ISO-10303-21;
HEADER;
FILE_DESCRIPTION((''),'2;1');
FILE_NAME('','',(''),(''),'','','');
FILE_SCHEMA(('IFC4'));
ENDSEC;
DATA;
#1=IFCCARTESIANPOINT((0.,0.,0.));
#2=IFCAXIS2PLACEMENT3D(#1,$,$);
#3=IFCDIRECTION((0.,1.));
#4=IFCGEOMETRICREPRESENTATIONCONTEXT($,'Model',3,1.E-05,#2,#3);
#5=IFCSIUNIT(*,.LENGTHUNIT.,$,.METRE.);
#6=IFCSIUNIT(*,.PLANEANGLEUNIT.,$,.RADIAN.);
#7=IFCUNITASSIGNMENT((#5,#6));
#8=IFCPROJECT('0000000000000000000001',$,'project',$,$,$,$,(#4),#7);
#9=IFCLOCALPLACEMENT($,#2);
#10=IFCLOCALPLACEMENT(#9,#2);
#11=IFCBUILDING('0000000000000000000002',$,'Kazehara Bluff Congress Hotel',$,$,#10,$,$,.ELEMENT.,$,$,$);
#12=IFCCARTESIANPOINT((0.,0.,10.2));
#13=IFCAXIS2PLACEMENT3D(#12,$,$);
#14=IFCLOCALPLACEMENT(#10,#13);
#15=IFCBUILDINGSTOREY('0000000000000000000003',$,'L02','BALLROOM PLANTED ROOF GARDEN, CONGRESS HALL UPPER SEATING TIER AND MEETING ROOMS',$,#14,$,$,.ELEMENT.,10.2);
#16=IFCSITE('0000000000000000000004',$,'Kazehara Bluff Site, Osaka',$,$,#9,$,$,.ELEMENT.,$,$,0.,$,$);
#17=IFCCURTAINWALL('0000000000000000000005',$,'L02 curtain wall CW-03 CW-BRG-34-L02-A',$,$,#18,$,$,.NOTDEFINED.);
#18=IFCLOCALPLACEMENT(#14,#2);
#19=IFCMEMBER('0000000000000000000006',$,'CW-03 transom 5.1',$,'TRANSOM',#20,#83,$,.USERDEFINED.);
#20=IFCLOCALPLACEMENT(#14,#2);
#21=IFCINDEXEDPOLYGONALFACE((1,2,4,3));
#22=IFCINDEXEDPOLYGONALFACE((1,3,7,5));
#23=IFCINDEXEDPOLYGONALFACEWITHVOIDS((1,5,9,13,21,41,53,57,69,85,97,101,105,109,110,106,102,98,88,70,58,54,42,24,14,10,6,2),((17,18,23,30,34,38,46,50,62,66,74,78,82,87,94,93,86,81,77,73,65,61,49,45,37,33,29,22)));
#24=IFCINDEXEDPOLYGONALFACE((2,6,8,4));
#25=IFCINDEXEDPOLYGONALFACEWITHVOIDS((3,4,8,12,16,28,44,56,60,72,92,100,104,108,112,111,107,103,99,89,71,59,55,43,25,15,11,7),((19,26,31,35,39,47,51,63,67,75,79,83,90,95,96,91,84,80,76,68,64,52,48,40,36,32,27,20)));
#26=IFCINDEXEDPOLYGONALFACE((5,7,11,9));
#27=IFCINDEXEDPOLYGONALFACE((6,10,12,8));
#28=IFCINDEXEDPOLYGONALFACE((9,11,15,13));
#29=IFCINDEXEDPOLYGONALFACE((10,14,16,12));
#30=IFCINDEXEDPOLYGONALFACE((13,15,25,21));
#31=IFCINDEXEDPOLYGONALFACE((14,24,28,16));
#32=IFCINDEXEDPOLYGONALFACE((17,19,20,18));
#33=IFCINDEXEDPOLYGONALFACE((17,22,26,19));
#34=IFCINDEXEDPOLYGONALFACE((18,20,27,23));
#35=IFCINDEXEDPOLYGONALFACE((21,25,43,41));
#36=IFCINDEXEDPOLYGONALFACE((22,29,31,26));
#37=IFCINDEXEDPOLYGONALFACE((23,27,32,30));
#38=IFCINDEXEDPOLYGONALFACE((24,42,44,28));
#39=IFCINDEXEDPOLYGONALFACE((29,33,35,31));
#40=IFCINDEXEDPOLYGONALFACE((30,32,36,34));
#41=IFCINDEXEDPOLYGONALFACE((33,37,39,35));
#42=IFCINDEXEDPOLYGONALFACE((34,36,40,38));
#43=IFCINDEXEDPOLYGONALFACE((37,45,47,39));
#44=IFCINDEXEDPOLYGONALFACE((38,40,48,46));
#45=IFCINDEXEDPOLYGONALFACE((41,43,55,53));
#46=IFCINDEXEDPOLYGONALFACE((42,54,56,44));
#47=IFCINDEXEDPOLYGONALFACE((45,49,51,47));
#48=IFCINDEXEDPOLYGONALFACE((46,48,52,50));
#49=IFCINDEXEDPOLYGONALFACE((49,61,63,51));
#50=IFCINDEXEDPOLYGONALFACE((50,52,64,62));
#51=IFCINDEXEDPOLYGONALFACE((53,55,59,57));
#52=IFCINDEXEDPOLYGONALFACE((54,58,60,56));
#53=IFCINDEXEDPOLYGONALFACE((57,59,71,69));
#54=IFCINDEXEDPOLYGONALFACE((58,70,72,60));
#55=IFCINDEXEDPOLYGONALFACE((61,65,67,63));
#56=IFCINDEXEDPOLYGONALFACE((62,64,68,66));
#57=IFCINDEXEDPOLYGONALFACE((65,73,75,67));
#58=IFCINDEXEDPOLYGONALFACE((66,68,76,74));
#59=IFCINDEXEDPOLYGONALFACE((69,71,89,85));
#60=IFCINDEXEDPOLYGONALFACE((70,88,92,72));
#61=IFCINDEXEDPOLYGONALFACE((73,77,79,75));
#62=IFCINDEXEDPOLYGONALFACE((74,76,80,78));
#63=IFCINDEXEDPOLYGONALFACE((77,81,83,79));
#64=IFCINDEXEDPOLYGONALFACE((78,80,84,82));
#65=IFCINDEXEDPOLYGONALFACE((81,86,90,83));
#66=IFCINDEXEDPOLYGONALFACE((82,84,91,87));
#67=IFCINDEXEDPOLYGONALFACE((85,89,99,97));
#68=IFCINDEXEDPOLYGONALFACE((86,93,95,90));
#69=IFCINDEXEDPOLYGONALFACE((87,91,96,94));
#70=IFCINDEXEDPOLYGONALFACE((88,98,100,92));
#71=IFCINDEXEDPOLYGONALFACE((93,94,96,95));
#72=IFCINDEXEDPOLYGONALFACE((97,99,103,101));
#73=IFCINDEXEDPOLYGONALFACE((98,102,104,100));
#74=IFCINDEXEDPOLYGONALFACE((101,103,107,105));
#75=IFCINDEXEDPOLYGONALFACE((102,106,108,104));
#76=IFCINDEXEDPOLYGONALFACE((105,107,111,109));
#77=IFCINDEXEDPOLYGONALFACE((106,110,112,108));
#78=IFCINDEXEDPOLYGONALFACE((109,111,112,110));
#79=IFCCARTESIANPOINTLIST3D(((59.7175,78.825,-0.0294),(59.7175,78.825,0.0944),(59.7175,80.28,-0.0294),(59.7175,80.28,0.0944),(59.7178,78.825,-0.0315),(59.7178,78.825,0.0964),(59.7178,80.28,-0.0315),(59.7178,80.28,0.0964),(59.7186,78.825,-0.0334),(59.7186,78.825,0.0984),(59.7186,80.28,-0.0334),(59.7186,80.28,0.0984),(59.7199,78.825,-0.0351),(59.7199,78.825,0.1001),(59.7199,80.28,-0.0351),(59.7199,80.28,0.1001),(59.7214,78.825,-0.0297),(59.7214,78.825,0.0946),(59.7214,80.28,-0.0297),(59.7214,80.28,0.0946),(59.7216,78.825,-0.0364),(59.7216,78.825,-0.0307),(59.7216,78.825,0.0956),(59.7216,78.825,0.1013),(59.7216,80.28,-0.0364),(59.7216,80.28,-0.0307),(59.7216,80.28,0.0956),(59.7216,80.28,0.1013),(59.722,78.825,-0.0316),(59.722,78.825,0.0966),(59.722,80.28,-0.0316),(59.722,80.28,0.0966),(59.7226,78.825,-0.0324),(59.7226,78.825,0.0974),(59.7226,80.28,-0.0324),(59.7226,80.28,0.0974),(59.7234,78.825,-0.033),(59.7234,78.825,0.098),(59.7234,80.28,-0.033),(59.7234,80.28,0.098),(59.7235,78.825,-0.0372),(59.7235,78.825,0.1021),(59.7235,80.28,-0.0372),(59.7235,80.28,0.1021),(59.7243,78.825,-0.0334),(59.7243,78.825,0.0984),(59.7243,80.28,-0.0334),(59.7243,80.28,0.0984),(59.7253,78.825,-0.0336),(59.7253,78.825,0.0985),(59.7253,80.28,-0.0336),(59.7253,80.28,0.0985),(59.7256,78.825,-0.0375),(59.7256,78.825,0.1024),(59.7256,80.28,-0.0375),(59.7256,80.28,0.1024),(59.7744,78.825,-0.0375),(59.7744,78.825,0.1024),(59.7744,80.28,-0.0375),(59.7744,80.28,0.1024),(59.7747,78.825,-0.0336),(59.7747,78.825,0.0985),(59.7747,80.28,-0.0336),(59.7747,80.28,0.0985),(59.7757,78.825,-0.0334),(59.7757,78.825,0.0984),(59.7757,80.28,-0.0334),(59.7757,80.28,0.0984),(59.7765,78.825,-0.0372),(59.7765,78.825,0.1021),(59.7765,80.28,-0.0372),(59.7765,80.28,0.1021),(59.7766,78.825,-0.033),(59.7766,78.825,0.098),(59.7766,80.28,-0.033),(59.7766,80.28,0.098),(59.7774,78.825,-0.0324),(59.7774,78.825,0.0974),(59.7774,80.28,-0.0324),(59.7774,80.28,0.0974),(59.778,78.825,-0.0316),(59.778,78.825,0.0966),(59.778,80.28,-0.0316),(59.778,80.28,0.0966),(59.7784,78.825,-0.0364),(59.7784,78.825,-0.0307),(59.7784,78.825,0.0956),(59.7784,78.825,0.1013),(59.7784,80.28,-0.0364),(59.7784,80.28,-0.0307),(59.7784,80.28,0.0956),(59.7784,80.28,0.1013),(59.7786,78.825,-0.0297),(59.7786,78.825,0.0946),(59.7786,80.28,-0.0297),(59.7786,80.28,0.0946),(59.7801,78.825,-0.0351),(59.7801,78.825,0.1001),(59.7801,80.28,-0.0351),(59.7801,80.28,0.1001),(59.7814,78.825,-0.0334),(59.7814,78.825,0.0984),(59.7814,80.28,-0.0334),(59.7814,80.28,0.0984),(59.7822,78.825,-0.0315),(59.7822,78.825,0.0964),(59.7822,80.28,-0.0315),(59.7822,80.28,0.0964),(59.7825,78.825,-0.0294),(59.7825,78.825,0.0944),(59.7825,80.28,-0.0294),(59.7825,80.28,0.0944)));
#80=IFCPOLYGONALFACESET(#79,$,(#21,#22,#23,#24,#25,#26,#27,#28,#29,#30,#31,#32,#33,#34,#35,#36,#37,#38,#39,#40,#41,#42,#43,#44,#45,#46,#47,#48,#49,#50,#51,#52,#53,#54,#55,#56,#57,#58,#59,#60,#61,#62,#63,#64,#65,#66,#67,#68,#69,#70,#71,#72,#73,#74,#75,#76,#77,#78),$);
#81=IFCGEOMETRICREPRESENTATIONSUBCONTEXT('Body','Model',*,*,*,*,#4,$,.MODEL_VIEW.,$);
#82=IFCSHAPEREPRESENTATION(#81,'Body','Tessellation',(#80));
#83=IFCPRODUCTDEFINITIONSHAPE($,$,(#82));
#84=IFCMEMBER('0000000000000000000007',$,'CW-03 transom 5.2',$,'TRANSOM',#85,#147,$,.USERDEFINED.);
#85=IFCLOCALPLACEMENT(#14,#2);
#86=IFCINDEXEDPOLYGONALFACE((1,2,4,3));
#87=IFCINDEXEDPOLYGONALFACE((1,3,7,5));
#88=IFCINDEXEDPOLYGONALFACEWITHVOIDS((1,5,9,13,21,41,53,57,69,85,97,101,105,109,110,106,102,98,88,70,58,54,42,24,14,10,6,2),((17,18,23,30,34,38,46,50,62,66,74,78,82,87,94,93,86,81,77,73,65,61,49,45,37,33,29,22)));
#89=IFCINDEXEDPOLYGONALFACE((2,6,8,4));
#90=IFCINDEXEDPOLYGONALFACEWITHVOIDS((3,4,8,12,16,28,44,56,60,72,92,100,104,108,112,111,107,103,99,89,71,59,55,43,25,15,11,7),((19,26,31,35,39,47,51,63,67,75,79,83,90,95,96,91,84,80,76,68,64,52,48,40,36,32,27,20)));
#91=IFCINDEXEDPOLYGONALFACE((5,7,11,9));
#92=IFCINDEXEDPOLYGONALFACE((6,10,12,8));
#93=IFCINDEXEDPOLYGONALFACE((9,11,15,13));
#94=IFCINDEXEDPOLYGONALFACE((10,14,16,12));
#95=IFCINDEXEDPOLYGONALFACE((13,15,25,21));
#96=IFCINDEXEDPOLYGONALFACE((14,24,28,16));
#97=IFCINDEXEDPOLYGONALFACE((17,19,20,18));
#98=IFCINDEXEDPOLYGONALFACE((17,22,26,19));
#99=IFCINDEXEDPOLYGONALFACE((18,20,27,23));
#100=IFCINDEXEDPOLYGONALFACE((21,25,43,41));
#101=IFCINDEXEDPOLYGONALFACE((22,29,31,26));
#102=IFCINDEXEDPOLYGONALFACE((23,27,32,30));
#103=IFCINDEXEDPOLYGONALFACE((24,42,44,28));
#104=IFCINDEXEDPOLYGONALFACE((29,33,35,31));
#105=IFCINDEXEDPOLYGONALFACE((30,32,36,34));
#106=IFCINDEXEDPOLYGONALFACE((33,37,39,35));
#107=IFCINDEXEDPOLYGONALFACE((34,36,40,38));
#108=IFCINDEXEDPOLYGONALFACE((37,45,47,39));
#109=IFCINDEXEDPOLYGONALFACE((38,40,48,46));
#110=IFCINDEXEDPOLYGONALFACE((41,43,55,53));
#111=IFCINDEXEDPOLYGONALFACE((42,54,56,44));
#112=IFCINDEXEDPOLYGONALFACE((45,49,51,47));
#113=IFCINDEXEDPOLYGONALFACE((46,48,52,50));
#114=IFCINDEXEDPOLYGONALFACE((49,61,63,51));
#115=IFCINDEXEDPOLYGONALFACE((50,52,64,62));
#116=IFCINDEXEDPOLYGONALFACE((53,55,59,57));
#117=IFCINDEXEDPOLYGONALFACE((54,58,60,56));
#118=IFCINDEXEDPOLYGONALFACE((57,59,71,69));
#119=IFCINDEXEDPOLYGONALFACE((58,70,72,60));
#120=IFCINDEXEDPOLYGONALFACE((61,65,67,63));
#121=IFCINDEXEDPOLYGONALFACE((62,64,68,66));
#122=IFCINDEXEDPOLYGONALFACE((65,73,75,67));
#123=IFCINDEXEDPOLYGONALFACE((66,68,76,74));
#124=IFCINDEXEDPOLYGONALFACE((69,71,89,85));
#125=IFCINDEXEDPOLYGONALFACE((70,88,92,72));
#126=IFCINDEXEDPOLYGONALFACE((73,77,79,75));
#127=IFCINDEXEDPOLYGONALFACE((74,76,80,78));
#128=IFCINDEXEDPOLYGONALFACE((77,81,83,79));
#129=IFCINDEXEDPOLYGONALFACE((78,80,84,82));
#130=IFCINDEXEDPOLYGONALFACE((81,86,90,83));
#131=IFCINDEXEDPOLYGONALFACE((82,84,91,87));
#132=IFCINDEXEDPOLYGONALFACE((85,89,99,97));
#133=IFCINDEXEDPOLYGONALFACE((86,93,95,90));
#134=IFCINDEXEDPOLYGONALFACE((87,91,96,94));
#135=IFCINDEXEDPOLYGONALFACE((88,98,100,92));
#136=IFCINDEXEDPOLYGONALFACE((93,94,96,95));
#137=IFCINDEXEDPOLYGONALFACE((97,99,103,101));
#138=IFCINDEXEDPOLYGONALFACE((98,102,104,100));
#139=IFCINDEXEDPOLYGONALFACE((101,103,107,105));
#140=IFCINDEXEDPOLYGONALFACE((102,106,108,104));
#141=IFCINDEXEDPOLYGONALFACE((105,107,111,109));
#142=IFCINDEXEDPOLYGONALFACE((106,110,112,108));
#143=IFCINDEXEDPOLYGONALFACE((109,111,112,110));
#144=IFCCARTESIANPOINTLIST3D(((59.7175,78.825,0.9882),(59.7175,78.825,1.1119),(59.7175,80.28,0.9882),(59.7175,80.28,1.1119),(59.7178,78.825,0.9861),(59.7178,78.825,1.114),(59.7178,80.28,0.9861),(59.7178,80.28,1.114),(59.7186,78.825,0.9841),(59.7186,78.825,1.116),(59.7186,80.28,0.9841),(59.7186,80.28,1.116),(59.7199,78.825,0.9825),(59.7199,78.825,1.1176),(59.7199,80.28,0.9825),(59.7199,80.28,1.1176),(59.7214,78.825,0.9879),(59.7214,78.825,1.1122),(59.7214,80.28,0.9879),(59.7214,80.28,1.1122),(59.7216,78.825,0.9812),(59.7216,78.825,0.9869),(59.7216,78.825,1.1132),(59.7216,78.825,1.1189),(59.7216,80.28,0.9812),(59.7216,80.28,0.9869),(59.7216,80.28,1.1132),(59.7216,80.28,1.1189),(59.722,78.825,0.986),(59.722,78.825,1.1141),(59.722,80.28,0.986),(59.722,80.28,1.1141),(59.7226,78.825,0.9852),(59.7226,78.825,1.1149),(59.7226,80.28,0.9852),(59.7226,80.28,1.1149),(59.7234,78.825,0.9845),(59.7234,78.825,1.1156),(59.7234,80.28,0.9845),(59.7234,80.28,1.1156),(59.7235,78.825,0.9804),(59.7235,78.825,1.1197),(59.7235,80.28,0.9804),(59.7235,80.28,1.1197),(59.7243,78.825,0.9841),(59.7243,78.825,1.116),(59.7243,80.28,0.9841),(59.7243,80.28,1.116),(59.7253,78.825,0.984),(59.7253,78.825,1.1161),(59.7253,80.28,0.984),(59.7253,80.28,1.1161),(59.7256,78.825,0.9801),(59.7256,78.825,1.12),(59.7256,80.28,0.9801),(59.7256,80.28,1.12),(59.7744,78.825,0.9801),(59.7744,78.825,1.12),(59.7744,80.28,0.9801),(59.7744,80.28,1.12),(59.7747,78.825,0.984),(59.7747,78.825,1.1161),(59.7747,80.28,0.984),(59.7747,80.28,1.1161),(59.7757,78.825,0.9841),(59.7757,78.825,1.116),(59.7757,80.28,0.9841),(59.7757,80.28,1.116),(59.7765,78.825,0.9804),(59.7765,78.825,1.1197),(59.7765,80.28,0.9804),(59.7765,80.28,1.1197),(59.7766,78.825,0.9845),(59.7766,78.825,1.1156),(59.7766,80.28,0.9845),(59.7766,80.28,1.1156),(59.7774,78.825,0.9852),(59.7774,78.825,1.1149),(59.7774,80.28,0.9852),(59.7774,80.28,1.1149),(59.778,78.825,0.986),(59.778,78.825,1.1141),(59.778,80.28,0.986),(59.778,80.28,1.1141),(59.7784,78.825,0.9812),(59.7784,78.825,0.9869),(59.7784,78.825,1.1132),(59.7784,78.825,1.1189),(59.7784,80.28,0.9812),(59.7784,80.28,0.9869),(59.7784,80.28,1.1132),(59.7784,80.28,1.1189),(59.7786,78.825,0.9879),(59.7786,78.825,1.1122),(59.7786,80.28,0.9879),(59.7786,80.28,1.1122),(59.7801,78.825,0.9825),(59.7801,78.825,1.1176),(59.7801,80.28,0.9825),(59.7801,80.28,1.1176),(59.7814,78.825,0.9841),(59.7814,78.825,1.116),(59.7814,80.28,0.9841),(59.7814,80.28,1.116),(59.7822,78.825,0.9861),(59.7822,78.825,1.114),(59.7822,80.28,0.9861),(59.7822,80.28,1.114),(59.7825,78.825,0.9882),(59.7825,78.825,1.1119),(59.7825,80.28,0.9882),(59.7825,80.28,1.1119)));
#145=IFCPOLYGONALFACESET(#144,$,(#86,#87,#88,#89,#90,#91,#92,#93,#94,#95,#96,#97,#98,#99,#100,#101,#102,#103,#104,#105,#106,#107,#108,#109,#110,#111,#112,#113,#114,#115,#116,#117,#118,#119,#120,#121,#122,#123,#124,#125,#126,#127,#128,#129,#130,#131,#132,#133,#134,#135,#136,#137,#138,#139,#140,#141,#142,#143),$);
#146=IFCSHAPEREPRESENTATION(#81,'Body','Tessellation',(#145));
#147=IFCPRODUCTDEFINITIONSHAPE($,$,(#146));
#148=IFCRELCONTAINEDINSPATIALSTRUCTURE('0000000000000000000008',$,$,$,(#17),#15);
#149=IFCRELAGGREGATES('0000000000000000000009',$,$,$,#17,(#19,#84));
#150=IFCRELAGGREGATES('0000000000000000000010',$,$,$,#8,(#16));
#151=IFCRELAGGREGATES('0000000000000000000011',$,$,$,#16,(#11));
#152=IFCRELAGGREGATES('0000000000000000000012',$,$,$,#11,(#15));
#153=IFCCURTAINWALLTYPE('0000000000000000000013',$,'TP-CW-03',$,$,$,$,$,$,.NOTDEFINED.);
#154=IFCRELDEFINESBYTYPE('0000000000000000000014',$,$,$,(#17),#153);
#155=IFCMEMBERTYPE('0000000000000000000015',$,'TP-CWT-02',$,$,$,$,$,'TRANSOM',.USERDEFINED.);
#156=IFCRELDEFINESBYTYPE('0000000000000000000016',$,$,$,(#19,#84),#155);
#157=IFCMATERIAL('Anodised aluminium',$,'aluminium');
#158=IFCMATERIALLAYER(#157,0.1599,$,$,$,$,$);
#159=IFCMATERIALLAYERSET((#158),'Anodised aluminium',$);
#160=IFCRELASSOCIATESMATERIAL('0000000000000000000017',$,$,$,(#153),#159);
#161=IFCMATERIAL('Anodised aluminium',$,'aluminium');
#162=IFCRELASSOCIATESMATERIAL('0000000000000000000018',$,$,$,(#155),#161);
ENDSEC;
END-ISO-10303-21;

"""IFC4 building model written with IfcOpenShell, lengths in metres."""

from ifc_helpers import new_model, si_unit, direction, frame, origin, origin_2d, place, context, subcontext, project, spatial, hollow_rectangle, extrude, material, layer, layer_set, material_profile, profile_set, type_object, element, aggregate, save


model = new_model("IFC4")

# Units and contexts
model_context = context("Model", 3, precision=1e-05, world=origin(), true_north=direction((0.0, 1.0)))
body_context = subcontext(model_context, "Body", "Model", "MODEL_VIEW")
ifc_project = project(units=[si_unit("LENGTHUNIT", "METRE"), si_unit("PLANEANGLEUNIT", "RADIAN")], contexts=[model_context])

# Site, building, storey
site_placement = place(None, origin())
site = spatial("IfcSite", under=ifc_project, at=site_placement, Name="Kazehara Bluff Site, Osaka", CompositionType="ELEMENT", RefElevation=0.0)
building_placement = place(site_placement, origin())
building = spatial("IfcBuilding", under=site, at=building_placement, Name="Kazehara Bluff Congress Hotel", CompositionType="ELEMENT")
storey_placement = place(building_placement, frame((0.0, 0.0, 10.2)))
storey = spatial("IfcBuildingStorey", under=building, at=storey_placement, Name="L02", Description="BALLROOM PLANTED ROOF GARDEN, CONGRESS HALL UPPER SEATING TIER AND MEETING ROOMS", CompositionType="ELEMENT", Elevation=10.2)

# Curtain wall
ifc_material_1 = material(Name="Anodised aluminium", Category="aluminium")
ifc_layer_1 = layer(ifc_material_1, 0.1599)
ifc_layer_set_1 = layer_set([ifc_layer_1], Name="Anodised aluminium")
curtain_wall_type_1 = type_object("IfcCurtainWallType", Name="TP-CW-03", PredefinedType="NOTDEFINED", material=ifc_layer_set_1)
curtain_wall_1_placement = place(storey_placement, origin())
curtain_wall_1 = element("IfcCurtainWall", 1, at=curtain_wall_1_placement, inside=storey, type_object=curtain_wall_type_1, Name="L02 curtain wall CW-03 CW-BRG-34-L02-A", PredefinedType="NOTDEFINED")

# Members
ifc_material_2 = material(Name="Anodised aluminium", Category="aluminium")
ifc_material_profile_1 = material_profile(ifc_material_2, hollow_rectangle(XDim=0.0649, YDim=0.1399, WallThickness=0.0039, InnerFilletRadius=0.0039, OuterFilletRadius=0.0081, at=origin_2d()))
ifc_profile_set_1 = profile_set([ifc_material_profile_1], Name="Anodised aluminium")
member_type_1 = type_object("IfcMemberType", Name="TP-CWT-02", ElementType="TRANSOM", PredefinedType="USERDEFINED", material=ifc_profile_set_1)
member_1_placement = place(storey_placement, frame((59.75, 78.825, 0.0325), z_axis=(0.0, 1.0, 0.0), x_axis=(-1.0, 0.0, 0.0)))
member_1 = element("IfcMember", 2, at=member_1_placement, type_object=member_type_1, Name="CW-03 transom 5.1", ObjectType="TRANSOM", PredefinedType="USERDEFINED", context=body_context, shape_type="SweptSolid", body=[
    extrude(hollow_rectangle(XDim=0.0649, YDim=0.1399, WallThickness=0.0039, InnerFilletRadius=0.0039, OuterFilletRadius=0.0081, at=origin_2d()), origin(), (0.0, 0.0, 1.0), 1.4551),
])
member_2_placement = place(storey_placement, frame((59.75, 78.825, 1.05), z_axis=(0.0, 1.0, 0.0), x_axis=(-1.0, 0.0, 0.0)))
member_2 = element("IfcMember", 3, at=member_2_placement, type_object=member_type_1, Name="CW-03 transom 5.2", ObjectType="TRANSOM", PredefinedType="USERDEFINED", context=body_context, shape_type="SweptSolid", body=[
    extrude(hollow_rectangle(XDim=0.0649, YDim=0.1399, WallThickness=0.0039, InnerFilletRadius=0.0039, OuterFilletRadius=0.0081, at=origin_2d()), origin(), (0.0, 0.0, 1.0), 1.4551),
])

aggregate(curtain_wall_1, [member_1, member_2])

save(model, "model.ifc")
